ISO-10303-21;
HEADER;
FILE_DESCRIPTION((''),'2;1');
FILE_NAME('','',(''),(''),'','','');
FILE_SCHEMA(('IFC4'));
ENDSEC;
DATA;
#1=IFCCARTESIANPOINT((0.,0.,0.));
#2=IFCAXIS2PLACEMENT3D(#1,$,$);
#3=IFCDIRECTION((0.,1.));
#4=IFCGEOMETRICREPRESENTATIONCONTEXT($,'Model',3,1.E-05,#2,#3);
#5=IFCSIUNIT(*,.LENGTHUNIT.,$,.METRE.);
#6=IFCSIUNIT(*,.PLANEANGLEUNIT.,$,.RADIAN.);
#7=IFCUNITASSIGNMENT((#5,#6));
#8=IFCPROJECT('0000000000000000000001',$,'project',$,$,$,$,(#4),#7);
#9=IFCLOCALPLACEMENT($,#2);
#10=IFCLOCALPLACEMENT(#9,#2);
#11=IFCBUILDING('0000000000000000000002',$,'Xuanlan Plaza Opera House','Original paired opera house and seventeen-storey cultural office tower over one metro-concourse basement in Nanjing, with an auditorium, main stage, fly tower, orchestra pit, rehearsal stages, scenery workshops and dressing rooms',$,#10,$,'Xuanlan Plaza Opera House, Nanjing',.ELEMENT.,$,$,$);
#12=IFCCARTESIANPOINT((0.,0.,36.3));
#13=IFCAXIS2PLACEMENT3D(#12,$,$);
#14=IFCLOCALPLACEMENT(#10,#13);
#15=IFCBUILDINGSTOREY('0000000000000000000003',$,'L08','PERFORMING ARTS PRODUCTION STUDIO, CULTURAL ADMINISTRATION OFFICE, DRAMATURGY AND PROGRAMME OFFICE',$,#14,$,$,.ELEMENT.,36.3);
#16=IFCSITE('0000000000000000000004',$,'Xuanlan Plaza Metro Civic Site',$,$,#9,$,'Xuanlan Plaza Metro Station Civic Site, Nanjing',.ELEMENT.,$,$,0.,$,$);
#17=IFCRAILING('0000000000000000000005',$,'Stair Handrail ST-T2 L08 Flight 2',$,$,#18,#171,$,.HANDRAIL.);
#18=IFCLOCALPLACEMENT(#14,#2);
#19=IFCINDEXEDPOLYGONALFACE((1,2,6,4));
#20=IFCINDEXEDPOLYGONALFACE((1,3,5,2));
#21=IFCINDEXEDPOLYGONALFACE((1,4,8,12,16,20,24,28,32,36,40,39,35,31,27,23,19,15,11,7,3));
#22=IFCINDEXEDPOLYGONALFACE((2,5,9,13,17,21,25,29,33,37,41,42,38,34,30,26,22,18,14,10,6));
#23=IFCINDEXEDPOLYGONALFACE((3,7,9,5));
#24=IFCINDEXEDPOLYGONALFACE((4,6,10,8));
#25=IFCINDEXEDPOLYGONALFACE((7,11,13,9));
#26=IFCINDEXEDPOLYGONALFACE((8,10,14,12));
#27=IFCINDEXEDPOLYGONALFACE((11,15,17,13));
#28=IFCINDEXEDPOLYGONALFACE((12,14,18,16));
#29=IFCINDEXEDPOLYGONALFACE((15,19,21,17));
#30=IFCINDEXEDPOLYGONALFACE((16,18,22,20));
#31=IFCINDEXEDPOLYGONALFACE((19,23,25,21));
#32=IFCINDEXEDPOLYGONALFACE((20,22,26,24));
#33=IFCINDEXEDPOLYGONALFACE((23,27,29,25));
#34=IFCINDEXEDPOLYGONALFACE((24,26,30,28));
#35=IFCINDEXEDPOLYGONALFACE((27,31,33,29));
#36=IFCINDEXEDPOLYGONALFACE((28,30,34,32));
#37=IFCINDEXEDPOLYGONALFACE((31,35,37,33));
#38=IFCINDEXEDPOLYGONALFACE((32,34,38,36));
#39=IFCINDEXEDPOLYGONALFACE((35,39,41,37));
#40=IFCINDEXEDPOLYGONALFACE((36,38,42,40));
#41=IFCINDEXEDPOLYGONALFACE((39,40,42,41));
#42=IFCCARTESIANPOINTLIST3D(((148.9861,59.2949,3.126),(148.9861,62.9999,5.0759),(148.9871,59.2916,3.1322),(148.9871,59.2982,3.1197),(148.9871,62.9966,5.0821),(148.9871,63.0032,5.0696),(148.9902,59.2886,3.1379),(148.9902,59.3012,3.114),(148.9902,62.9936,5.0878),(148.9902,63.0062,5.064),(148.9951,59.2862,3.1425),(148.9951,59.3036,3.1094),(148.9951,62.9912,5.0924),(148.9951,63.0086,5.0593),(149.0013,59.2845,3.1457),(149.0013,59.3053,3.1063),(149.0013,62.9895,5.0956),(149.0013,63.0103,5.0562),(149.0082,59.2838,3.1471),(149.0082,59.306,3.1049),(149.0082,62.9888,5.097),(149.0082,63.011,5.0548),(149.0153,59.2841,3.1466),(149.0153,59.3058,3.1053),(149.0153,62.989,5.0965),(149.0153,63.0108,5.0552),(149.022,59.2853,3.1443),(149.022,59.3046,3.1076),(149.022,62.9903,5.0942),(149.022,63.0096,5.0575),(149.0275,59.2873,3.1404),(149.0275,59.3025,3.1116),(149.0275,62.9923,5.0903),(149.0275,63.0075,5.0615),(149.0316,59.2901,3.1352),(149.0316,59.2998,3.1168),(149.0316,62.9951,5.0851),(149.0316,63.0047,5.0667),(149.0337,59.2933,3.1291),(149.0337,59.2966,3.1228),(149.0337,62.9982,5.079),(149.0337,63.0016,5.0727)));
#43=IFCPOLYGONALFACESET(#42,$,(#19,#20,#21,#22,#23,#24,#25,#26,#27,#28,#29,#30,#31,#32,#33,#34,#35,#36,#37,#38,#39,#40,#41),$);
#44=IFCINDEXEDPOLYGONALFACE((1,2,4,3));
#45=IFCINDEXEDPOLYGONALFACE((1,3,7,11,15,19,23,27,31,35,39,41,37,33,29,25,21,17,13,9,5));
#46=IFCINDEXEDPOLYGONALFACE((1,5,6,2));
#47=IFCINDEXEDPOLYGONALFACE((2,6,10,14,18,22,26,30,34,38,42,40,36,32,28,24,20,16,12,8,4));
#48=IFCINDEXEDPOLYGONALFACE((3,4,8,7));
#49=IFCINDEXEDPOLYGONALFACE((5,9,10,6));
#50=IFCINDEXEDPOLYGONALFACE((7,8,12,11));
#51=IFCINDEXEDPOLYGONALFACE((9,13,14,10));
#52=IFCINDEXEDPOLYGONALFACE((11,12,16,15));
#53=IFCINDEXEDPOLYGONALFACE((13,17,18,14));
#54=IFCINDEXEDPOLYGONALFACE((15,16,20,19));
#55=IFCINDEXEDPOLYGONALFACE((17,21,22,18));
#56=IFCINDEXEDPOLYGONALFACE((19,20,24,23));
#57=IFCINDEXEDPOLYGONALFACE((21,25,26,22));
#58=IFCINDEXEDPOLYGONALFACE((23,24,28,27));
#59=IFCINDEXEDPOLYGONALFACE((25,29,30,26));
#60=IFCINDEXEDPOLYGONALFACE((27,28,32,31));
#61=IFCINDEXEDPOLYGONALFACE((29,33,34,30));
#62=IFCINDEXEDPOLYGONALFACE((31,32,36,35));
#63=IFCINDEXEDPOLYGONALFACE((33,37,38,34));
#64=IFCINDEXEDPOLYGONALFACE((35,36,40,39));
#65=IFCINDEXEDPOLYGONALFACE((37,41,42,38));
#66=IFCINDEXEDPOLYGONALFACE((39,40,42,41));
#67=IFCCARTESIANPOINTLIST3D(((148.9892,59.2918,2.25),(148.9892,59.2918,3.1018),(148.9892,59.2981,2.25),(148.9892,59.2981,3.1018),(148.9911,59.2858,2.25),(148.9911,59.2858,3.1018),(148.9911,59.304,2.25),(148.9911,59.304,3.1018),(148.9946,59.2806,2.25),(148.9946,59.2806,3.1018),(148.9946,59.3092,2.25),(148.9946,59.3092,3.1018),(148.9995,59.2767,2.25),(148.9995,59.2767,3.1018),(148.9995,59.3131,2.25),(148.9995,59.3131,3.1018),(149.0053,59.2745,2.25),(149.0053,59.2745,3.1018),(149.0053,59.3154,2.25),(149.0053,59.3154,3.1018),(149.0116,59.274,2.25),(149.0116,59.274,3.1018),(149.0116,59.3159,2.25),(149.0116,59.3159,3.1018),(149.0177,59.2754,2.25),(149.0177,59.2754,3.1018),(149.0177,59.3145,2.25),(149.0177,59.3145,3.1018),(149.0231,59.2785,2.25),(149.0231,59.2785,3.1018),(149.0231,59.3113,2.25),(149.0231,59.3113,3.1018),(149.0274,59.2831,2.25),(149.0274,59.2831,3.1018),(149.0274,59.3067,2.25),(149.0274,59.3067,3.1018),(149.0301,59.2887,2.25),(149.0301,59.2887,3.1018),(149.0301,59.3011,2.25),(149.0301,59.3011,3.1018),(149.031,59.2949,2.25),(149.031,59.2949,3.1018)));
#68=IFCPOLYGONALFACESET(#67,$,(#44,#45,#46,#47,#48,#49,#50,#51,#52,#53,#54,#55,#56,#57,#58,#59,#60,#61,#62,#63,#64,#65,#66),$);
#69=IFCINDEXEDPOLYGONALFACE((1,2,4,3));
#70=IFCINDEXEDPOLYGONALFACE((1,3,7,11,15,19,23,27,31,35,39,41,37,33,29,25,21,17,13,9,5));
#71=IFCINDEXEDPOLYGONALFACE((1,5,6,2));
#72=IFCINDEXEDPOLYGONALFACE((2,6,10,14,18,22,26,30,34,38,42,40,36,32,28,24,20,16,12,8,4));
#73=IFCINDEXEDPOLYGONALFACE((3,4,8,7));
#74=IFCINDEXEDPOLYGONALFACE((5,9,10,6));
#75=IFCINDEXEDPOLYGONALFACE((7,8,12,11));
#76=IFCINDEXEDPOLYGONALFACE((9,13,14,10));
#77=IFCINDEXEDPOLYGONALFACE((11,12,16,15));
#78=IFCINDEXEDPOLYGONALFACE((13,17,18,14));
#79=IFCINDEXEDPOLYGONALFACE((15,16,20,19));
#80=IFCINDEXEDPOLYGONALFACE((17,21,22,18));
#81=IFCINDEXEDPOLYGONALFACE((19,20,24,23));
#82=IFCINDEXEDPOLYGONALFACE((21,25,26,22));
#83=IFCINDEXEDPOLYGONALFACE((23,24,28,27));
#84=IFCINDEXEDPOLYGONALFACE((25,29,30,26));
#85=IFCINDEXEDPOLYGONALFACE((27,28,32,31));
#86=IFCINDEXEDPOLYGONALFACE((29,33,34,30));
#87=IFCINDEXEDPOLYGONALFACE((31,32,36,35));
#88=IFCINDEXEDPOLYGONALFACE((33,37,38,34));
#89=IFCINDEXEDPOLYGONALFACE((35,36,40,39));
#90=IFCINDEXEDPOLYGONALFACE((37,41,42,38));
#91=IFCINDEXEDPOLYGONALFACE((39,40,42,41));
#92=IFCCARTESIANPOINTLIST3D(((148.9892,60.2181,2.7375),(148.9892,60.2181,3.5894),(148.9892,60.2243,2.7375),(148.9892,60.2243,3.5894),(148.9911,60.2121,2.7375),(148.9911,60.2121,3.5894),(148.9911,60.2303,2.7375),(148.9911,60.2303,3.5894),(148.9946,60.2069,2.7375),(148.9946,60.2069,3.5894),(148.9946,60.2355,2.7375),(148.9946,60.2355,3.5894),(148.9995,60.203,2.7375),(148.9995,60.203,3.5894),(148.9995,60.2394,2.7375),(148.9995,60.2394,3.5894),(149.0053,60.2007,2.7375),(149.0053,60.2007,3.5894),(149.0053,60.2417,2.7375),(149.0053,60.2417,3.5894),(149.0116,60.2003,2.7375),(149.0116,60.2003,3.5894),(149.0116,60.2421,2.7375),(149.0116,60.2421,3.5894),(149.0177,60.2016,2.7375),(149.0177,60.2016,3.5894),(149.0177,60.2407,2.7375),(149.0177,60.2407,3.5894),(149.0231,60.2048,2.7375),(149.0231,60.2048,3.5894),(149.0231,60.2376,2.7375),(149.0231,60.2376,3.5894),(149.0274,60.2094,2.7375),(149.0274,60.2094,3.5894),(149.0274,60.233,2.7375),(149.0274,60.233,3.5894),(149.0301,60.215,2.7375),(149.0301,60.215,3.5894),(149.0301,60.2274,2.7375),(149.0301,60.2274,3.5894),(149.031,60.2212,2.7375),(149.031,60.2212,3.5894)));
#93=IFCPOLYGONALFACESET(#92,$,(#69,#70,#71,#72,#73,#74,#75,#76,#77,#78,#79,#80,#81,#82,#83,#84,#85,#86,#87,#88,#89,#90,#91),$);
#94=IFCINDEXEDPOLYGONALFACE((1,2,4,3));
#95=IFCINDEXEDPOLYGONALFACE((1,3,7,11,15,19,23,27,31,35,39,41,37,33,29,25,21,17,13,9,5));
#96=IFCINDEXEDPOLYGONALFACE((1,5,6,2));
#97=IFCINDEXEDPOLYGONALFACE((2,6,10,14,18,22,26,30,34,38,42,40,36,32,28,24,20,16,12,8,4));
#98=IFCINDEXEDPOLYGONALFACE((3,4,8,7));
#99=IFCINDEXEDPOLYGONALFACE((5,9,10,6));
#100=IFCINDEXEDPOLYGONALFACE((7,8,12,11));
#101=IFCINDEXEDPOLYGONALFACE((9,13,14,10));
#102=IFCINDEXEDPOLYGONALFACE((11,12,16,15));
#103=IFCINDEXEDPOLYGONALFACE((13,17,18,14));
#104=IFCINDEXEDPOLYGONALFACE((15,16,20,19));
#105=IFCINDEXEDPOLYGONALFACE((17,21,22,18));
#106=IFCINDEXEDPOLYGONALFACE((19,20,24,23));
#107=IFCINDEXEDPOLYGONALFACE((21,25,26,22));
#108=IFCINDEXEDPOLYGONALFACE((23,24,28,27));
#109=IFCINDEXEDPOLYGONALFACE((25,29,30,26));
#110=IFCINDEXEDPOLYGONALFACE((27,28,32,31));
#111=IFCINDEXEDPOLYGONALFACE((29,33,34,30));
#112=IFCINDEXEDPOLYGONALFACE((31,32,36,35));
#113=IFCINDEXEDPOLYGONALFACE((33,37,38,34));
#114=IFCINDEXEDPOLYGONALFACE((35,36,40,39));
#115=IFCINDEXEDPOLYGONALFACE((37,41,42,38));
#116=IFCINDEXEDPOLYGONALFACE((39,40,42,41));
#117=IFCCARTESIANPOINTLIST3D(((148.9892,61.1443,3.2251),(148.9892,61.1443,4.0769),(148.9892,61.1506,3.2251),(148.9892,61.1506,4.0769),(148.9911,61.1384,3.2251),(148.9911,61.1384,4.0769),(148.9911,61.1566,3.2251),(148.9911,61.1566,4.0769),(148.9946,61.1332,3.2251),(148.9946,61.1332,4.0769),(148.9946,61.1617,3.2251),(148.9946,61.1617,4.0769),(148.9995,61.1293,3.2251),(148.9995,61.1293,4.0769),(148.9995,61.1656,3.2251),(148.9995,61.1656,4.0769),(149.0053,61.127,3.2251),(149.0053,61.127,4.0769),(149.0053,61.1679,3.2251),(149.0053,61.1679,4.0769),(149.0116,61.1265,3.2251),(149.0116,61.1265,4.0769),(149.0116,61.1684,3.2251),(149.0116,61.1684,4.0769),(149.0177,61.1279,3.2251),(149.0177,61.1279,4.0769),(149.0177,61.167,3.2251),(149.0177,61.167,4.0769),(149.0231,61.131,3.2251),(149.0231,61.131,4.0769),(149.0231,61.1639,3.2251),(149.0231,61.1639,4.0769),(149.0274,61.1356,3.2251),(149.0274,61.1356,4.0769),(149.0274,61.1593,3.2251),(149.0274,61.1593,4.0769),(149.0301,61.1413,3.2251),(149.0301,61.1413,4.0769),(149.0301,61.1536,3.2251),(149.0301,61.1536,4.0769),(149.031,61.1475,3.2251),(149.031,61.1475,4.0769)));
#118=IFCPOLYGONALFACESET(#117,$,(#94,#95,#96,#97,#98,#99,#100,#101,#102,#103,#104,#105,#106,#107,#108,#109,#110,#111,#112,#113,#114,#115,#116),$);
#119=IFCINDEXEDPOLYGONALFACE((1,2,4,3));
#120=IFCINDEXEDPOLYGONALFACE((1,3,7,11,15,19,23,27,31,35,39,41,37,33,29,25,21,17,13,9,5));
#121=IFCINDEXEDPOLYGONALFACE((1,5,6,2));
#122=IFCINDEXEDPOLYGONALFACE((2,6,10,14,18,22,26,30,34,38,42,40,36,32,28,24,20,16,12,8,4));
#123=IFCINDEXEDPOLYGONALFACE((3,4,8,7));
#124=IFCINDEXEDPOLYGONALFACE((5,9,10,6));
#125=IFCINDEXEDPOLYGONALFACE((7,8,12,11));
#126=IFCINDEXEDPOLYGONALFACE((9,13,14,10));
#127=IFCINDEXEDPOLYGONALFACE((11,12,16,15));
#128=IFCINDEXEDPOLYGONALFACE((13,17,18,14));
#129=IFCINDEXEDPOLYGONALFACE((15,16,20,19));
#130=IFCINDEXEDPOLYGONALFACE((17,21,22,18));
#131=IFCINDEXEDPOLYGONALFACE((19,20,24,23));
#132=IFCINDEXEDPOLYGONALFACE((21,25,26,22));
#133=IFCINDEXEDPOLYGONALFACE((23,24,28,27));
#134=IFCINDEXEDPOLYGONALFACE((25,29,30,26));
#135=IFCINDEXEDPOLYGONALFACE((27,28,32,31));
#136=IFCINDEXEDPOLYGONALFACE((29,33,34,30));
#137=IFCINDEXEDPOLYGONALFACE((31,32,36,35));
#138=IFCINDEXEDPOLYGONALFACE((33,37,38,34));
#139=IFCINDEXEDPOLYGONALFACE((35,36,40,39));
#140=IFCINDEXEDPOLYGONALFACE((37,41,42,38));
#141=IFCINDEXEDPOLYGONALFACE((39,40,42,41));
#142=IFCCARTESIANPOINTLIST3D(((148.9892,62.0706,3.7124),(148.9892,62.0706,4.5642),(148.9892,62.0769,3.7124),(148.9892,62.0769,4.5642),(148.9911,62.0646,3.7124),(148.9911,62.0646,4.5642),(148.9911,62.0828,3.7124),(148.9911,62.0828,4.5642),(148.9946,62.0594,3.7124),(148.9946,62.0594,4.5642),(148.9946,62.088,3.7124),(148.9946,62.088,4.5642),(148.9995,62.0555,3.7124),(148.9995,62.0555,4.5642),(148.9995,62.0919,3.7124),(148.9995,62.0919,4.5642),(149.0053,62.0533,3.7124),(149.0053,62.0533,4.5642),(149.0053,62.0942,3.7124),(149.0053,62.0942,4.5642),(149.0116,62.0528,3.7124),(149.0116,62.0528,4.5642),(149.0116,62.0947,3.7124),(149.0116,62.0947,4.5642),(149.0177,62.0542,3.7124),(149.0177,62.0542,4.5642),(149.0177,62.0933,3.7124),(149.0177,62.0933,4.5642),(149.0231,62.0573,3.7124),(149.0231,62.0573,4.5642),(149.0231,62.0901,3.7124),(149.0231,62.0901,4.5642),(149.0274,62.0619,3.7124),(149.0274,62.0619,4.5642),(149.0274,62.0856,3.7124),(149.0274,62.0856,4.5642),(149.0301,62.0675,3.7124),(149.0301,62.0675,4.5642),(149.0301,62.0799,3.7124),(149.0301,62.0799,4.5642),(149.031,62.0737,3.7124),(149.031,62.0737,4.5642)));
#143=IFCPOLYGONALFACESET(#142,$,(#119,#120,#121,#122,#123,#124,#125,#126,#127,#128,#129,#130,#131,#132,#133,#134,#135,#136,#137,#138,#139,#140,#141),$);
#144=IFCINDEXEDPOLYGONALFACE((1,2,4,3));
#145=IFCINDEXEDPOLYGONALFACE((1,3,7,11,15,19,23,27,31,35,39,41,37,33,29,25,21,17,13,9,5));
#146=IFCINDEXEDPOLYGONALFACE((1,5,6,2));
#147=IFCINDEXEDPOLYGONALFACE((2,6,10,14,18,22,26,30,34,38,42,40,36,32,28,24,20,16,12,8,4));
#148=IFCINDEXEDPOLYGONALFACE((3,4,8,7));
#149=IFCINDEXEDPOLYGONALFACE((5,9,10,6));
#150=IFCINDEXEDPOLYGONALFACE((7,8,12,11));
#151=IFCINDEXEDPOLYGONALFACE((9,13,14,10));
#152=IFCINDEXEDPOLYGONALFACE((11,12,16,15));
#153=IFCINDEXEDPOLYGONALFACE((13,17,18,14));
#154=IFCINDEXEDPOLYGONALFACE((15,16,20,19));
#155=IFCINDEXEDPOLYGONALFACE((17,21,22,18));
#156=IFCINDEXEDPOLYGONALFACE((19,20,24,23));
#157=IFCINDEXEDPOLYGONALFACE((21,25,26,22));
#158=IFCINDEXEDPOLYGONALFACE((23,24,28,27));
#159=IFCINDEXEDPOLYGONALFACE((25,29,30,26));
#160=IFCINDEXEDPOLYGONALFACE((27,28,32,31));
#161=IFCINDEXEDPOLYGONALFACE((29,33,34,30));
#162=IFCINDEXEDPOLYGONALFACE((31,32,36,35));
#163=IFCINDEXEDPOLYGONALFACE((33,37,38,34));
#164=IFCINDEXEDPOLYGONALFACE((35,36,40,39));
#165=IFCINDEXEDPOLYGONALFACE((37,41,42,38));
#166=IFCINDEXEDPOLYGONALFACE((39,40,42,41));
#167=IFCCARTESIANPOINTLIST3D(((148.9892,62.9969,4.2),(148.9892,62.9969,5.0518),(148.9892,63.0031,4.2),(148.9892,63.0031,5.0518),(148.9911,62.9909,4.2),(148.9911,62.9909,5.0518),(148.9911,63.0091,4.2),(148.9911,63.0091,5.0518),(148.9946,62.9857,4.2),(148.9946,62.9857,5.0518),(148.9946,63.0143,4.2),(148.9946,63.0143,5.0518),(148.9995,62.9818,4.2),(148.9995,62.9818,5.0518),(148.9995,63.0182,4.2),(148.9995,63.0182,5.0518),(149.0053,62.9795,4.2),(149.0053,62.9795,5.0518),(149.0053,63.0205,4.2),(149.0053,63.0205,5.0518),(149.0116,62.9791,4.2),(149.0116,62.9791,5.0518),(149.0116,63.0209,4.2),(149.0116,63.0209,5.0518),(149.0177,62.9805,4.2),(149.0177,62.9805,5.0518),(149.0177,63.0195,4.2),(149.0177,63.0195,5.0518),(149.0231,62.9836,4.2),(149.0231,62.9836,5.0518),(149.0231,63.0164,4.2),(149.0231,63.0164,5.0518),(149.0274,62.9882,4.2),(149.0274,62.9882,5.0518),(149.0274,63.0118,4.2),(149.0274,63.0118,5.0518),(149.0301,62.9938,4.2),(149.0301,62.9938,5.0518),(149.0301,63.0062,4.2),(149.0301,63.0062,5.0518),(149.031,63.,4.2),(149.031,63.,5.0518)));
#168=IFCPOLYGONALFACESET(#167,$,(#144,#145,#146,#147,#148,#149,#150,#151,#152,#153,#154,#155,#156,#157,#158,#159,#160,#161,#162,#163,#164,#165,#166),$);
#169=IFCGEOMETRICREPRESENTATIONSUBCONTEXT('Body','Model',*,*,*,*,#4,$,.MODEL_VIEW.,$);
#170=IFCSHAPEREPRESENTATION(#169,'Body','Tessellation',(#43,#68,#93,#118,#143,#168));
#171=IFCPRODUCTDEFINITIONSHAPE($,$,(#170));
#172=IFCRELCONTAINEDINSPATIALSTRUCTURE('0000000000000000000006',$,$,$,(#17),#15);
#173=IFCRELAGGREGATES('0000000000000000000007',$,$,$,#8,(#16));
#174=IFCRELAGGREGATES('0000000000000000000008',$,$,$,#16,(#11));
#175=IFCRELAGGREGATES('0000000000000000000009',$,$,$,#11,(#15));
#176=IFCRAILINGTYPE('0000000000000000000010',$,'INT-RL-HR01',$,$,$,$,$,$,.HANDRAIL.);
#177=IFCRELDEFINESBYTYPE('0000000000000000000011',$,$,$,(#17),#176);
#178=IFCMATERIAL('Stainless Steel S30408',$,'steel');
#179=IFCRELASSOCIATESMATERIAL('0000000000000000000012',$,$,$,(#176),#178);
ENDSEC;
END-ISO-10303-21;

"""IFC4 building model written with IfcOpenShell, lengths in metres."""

from ifc_helpers import new_model, si_unit, direction, frame, origin, origin_2d, place, context, subcontext, project, spatial, circle, extrude, material, type_object, element, save


model = new_model("IFC4")

# Units and contexts
model_context = context("Model", 3, precision=1e-05, world=origin(), true_north=direction((0.0, 1.0)))
body_context = subcontext(model_context, "Body", "Model", "MODEL_VIEW")
ifc_project = project(units=[si_unit("LENGTHUNIT", "METRE"), si_unit("PLANEANGLEUNIT", "RADIAN")], contexts=[model_context])

# Site, building, storey
site_placement = place(None, origin())
site = spatial("IfcSite", under=ifc_project, at=site_placement, Name="Xuanlan Plaza Metro Civic Site", LongName="Xuanlan Plaza Metro Station Civic Site, Nanjing", CompositionType="ELEMENT", RefElevation=0.0)
building_placement = place(site_placement, origin())
building = spatial("IfcBuilding", under=site, at=building_placement, Name="Xuanlan Plaza Opera House", Description="Original paired opera house and seventeen-storey cultural office tower over one metro-concourse basement in Nanjing, with an auditorium, main stage, fly tower, orchestra pit, rehearsal stages, scenery workshops and dressing rooms", LongName="Xuanlan Plaza Opera House, Nanjing", CompositionType="ELEMENT")
storey_placement = place(building_placement, frame((0.0, 0.0, 36.3)))
storey = spatial("IfcBuildingStorey", under=building, at=storey_placement, Name="L08", Description="PERFORMING ARTS PRODUCTION STUDIO, CULTURAL ADMINISTRATION OFFICE, DRAMATURGY AND PROGRAMME OFFICE", CompositionType="ELEMENT", Elevation=36.3)

# Shared definitions
ifc_material_1 = material(Name="Stainless Steel S30408", Category="steel")

# Railing
railing_type = type_object("IfcRailingType", Name="INT-RL-HR01", PredefinedType="HANDRAIL", material=ifc_material_1)
railing_placement = place(storey_placement, frame((149.01, 59.2949, 2.25)))
element("IfcRailing", 1, at=railing_placement, inside=storey, type_object=railing_type, Name="Stair Handrail ST-T2 L08 Flight 2", PredefinedType="HANDRAIL", context=body_context, shape_type="SweptSolid", body=[
    extrude(circle(Radius=0.0239, at=origin_2d()), frame((0.0, 0.0, 0.876), z_axis=(0.0, 0.884927, 0.46573), x_axis=(-1.0, 0.0, 0.0)), (0.0, 0.0, 1.0), 4.1868),
    extrude(circle(Radius=0.021, at=origin_2d()), origin(), (0.0, 0.0, 1.0), 0.8518),
    extrude(circle(Radius=0.021, at=origin_2d()), frame((0.0, 0.9263, 0.4875)), (0.0, 0.0, 1.0), 0.8518),
    extrude(circle(Radius=0.021, at=origin_2d()), frame((0.0, 1.8525, 0.9751)), (0.0, 0.0, 1.0), 0.8518),
    extrude(circle(Radius=0.021, at=origin_2d()), frame((0.0, 2.7788, 1.4624)), (0.0, 0.0, 1.0), 0.8518),
    extrude(circle(Radius=0.021, at=origin_2d()), frame((0.0, 3.7051, 1.95)), (0.0, 0.0, 1.0), 0.8518),
])

save(model, "model.ifc")
